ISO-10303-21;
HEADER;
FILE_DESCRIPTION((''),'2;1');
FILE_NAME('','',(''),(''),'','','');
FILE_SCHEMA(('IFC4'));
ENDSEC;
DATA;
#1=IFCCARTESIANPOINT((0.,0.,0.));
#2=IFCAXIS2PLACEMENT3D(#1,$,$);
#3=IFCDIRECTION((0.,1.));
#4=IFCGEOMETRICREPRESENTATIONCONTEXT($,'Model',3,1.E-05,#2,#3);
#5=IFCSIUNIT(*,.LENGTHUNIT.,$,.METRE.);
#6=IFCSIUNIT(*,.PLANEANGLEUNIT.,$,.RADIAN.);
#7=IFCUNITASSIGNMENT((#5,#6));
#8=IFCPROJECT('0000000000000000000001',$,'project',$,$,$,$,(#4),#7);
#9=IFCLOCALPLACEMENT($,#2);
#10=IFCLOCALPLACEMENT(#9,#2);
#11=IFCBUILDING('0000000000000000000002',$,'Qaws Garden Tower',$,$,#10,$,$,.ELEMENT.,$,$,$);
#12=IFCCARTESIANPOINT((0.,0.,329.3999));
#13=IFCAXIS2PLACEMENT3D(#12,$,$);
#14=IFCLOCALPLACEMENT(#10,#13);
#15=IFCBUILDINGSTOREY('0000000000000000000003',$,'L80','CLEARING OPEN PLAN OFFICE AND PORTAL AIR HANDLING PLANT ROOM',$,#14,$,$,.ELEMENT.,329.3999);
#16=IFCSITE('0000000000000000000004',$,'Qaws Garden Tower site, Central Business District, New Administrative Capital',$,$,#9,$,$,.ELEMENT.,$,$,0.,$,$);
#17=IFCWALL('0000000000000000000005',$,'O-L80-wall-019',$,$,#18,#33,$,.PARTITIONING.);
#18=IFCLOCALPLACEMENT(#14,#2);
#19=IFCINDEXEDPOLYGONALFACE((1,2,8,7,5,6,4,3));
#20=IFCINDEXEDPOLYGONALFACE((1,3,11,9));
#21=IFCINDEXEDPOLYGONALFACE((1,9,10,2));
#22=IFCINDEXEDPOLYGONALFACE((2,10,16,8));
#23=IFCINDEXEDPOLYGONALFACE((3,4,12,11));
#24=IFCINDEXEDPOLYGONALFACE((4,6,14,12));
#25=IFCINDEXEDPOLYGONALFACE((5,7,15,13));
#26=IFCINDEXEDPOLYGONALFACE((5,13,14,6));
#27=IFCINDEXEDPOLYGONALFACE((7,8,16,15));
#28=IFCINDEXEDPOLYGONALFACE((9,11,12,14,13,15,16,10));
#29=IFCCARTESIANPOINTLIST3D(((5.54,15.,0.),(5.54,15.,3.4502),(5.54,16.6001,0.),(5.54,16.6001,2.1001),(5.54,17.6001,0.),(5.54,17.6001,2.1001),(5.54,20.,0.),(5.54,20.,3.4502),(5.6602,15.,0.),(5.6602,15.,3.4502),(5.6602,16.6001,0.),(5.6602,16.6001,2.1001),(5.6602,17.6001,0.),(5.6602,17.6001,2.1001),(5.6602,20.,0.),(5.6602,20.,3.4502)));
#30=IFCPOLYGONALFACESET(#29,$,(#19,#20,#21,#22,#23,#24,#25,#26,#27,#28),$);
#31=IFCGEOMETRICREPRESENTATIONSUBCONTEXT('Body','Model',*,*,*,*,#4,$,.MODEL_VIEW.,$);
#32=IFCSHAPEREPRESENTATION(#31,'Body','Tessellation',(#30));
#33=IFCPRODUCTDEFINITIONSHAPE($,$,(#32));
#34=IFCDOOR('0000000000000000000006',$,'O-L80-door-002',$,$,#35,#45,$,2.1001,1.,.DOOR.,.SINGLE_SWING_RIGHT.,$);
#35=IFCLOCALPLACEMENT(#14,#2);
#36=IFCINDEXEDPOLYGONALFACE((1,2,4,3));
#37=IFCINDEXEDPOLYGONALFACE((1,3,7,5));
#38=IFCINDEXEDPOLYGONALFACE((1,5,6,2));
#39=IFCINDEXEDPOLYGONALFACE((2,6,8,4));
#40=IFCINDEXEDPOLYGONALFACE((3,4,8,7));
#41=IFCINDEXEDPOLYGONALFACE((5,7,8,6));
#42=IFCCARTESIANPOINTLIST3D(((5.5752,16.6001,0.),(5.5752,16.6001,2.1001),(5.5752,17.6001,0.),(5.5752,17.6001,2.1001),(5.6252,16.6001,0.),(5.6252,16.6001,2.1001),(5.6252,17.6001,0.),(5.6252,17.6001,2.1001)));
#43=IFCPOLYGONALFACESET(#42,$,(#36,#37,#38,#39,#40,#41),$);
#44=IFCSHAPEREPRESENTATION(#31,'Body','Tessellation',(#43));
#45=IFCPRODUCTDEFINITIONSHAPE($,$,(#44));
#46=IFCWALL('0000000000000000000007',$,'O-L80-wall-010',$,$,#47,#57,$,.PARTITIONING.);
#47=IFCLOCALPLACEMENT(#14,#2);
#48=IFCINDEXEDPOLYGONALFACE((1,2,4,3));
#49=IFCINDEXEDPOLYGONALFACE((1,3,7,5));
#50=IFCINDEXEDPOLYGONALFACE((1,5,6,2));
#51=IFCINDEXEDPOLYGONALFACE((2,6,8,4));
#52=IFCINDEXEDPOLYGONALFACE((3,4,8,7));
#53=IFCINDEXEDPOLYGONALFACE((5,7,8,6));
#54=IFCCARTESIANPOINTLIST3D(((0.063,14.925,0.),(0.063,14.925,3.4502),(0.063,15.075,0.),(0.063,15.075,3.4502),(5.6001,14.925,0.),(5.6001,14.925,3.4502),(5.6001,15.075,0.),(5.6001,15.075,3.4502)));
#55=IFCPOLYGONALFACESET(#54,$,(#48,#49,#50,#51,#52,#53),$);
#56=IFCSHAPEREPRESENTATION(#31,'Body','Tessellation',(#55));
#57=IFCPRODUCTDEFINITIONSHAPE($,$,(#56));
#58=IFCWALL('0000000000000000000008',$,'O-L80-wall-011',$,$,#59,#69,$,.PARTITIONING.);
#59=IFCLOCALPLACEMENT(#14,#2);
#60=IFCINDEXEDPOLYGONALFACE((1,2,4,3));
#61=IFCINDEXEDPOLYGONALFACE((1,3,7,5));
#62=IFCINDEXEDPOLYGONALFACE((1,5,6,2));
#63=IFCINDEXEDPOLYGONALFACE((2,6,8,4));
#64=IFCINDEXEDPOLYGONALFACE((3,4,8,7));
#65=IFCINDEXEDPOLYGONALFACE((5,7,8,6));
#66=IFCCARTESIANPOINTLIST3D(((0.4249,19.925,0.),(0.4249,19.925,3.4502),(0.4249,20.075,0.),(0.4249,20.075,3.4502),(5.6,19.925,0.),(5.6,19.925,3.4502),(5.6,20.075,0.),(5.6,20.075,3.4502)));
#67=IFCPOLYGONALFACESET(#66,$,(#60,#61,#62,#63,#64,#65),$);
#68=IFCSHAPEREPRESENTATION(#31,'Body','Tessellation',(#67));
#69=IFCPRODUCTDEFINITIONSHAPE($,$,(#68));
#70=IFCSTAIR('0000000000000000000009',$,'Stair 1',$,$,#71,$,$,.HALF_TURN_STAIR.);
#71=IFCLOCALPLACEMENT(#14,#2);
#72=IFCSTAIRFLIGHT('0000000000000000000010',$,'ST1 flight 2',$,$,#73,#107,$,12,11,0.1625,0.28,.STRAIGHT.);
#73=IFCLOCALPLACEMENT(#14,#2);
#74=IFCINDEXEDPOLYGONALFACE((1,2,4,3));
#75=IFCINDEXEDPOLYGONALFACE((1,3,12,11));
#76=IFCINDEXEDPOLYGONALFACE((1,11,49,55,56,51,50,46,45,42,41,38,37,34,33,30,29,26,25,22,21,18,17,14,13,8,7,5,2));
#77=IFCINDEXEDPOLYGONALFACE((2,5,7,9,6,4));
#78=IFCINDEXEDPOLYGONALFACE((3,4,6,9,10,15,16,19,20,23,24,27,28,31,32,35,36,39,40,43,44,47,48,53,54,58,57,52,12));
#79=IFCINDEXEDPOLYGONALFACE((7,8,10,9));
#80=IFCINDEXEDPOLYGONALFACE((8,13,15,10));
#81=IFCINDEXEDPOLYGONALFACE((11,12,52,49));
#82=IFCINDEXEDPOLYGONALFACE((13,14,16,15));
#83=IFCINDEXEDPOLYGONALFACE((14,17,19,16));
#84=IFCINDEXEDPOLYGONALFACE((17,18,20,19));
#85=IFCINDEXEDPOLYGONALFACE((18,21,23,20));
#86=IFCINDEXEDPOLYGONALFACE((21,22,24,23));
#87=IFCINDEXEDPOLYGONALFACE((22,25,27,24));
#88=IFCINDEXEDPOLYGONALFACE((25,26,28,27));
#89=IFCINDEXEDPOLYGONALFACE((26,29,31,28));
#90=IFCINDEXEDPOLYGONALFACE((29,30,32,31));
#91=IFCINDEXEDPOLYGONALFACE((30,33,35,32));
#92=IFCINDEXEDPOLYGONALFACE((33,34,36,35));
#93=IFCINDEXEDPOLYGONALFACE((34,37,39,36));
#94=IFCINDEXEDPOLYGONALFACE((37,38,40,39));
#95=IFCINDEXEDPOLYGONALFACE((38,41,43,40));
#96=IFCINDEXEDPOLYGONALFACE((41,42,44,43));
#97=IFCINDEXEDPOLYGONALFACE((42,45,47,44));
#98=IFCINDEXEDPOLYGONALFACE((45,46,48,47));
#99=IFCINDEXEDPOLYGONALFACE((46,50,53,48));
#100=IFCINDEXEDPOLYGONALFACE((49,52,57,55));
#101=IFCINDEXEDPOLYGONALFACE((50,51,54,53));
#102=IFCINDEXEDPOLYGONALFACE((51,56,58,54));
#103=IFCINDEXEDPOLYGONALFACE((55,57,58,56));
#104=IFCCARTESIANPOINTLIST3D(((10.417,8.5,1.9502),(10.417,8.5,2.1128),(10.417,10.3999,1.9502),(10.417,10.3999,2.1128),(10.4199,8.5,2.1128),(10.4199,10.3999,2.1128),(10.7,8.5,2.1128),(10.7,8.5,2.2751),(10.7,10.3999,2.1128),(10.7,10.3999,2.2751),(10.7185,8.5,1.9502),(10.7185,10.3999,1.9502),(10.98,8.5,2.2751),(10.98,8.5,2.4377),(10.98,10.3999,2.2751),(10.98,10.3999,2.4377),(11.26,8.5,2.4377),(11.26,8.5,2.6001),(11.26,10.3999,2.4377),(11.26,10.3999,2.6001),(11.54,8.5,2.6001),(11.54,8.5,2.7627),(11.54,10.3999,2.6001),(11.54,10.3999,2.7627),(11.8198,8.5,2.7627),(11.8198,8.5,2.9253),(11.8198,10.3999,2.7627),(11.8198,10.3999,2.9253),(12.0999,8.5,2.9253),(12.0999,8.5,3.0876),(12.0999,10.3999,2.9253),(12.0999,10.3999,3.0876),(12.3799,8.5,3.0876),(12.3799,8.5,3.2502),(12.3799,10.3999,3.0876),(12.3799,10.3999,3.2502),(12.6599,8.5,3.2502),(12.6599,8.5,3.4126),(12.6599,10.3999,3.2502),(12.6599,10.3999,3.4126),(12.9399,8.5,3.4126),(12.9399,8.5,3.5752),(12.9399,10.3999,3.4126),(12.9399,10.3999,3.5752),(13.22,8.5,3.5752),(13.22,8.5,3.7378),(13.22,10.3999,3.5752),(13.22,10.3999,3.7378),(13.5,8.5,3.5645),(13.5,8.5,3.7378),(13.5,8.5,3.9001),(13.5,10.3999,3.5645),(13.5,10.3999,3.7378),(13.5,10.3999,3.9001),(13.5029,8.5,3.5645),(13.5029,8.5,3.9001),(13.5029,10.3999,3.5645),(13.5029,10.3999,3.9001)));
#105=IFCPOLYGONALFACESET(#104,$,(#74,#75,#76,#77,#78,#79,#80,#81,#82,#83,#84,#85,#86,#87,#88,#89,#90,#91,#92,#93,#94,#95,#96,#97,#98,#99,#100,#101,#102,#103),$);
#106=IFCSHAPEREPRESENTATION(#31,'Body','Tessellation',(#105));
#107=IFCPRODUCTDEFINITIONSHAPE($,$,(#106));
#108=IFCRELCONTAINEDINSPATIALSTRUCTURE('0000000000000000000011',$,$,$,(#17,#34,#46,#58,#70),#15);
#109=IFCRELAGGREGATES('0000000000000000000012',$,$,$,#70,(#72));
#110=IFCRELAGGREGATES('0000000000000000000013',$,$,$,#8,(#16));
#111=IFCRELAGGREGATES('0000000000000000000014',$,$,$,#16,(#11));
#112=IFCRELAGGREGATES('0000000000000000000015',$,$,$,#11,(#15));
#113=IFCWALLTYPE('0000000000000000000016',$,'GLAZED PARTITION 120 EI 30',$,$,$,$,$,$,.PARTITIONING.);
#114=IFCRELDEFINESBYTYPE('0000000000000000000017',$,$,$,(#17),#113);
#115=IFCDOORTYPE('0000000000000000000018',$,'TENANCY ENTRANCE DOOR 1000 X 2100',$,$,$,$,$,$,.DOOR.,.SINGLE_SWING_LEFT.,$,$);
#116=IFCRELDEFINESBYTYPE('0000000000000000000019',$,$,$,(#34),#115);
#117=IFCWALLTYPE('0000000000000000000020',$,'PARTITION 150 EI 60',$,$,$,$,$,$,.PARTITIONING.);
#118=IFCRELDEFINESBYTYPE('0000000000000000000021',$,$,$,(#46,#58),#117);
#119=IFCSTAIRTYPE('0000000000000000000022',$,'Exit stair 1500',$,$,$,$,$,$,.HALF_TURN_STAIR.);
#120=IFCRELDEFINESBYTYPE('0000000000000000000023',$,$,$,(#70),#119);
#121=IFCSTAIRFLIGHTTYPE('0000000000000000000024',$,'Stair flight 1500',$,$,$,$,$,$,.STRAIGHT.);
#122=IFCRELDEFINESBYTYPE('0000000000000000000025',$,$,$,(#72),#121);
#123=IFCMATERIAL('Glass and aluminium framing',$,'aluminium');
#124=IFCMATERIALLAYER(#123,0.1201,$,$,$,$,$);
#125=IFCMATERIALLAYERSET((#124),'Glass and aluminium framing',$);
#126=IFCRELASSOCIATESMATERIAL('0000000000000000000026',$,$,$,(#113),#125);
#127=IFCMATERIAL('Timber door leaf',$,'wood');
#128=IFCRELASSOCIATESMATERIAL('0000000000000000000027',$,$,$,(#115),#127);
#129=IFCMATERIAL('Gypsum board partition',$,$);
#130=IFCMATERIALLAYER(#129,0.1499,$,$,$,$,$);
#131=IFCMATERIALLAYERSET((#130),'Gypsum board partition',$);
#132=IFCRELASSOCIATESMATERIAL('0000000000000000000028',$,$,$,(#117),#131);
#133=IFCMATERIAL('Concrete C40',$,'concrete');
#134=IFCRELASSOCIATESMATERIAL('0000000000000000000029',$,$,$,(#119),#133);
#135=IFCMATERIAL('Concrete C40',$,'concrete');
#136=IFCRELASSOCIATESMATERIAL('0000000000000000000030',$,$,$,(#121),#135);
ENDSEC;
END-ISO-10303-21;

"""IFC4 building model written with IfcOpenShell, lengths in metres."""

from ifc_helpers import new_model, si_unit, direction, frame, frame_2d, origin, place, context, subcontext, project, spatial, polyline, rectangle, outline, extrude, material, layer, layer_set, type_object, element, fill, aggregate, save


model = new_model("IFC4")

# Units and contexts
model_context = context("Model", 3, precision=1e-05, world=origin(), true_north=direction((0.0, 1.0)))
body_context = subcontext(model_context, "Body", "Model", "MODEL_VIEW")
ifc_project = project(units=[si_unit("LENGTHUNIT", "METRE"), si_unit("PLANEANGLEUNIT", "RADIAN")], contexts=[model_context])

# Site, building, storey
site_placement = place(None, origin())
site = spatial("IfcSite", under=ifc_project, at=site_placement, Name="Qaws Garden Tower site, Central Business District, New Administrative Capital", CompositionType="ELEMENT", RefElevation=0.0)
building_placement = place(site_placement, origin())
building = spatial("IfcBuilding", under=site, at=building_placement, Name="Qaws Garden Tower", CompositionType="ELEMENT")
storey_placement = place(building_placement, frame((0.0, 0.0, 329.3999)))
storey = spatial("IfcBuildingStorey", under=building, at=storey_placement, Name="L80", Description="CLEARING OPEN PLAN OFFICE AND PORTAL AIR HANDLING PLANT ROOM", CompositionType="ELEMENT", Elevation=329.3999)

# Wall, opening, door
ifc_material_1 = material(Name="Glass and aluminium framing", Category="aluminium")
ifc_layer_1 = layer(ifc_material_1, 0.1201)
ifc_layer_set_1 = layer_set([ifc_layer_1], Name="Glass and aluminium framing")
wall_type_1 = type_object("IfcWallType", Name="GLAZED PARTITION 120 EI 30", PredefinedType="PARTITIONING", material=ifc_layer_set_1)
wall_1_placement = place(storey_placement, frame((5.6001, 15.0, 0.0), z_axis=(0.0, 0.0, 1.0), x_axis=(0.0, 1.0, 0.0)))
wall_1 = element("IfcWall", 1, at=wall_1_placement, inside=storey, type_object=wall_type_1, Name="O-L80-wall-019", PredefinedType="PARTITIONING", context=body_context, shape_type="SweptSolid", body=[
    extrude(rectangle(XDim=5.0, YDim=0.1201, at=frame_2d((2.5, 0.0))), origin(), (0.0, 0.0, 1.0), 3.4502),
])
opening_1_placement = place(wall_1_placement, frame((1.6001, 0.0, 0.0)))
opening_1 = element("IfcOpeningElement", 2, at=opening_1_placement, cuts=wall_1, PredefinedType="OPENING", context=body_context, shape_type="SweptSolid", body=[
    extrude(rectangle(XDim=1.0, YDim=2.1001, at=frame_2d((0.5, 1.05))), frame((0.0, 0.0701, 0.0), z_axis=(0.0, -1.0, 0.0), x_axis=(1.0, 0.0, 0.0)), (0.0, 0.0, 1.0), 0.1401),
])
ifc_material_2 = material(Name="Timber door leaf", Category="wood")
door_type_1 = type_object("IfcDoorType", Name="TENANCY ENTRANCE DOOR 1000 X 2100", OperationType="SINGLE_SWING_LEFT", PredefinedType="DOOR", material=ifc_material_2)
door_1_placement = place(opening_1_placement, origin())
door_1 = element("IfcDoor", 3, at=door_1_placement, inside=storey, type_object=door_type_1, Name="O-L80-door-002", OperationType="SINGLE_SWING_RIGHT", OverallHeight=2.1001, OverallWidth=1.0, PredefinedType="DOOR", context=body_context, shape_type="SweptSolid", body=[
    extrude(rectangle(XDim=1.0, YDim=2.1001, at=frame_2d((0.5, 1.05))), frame((0.0, 0.0249, 0.0), z_axis=(0.0, -1.0, 0.0), x_axis=(1.0, 0.0, 0.0)), (0.0, 0.0, 1.0), 0.05),
])
fill(opening_1, door_1)

# Walls
ifc_material_3 = material(Name="Gypsum board partition")
ifc_layer_2 = layer(ifc_material_3, 0.1499)
ifc_layer_set_2 = layer_set([ifc_layer_2], Name="Gypsum board partition")
wall_type_2 = type_object("IfcWallType", Name="PARTITION 150 EI 60", PredefinedType="PARTITIONING", material=ifc_layer_set_2)
wall_2_placement = place(storey_placement, frame((0.063, 15.0, 0.0), z_axis=(0.0, 0.0, 1.0), x_axis=(1.0, 0.0, 0.0)))
element("IfcWall", 4, at=wall_2_placement, inside=storey, type_object=wall_type_2, Name="O-L80-wall-010", PredefinedType="PARTITIONING", context=body_context, shape_type="SweptSolid", body=[
    extrude(rectangle(XDim=5.5371, YDim=0.1499, at=frame_2d((2.7686, 0.0))), origin(), (0.0, 0.0, 1.0), 3.4502),
])
wall_3_placement = place(storey_placement, frame((0.425, 20.0, 0.0), z_axis=(0.0, 0.0, 1.0), x_axis=(1.0, 0.0, 0.0)))
element("IfcWall", 5, at=wall_3_placement, inside=storey, type_object=wall_type_2, Name="O-L80-wall-011", PredefinedType="PARTITIONING", context=body_context, shape_type="SweptSolid", body=[
    extrude(rectangle(XDim=5.175, YDim=0.1499, at=frame_2d((2.5874, 0.0))), origin(), (0.0, 0.0, 1.0), 3.4502),
])

# Stair, stair flight
ifc_material_4 = material(Name="Concrete C40", Category="concrete")
stair_type = type_object("IfcStairType", Name="Exit stair 1500", PredefinedType="HALF_TURN_STAIR", material=ifc_material_4)
stair_placement = place(storey_placement, origin())
stair = element("IfcStair", 6, at=stair_placement, inside=storey, type_object=stair_type, Name="Stair 1", PredefinedType="HALF_TURN_STAIR")
ifc_material_5 = material(Name="Concrete C40", Category="concrete")
stair_flight_type = type_object("IfcStairFlightType", Name="Stair flight 1500", PredefinedType="STRAIGHT", material=ifc_material_5)
stair_flight_placement = place(storey_placement, frame((10.4199, 9.45, 1.9502), z_axis=(0.0, 0.0, 1.0), x_axis=(1.0, 0.0, 0.0)))
stair_flight = element("IfcStairFlight", 7, at=stair_flight_placement, type_object=stair_flight_type, Name="ST1 flight 2", NumberOfRisers=12, NumberOfTreads=11, PredefinedType="STRAIGHT", RiserHeight=0.1625, TreadLength=0.28, context=body_context, shape_type="SweptSolid", body=[
    extrude(outline(polyline([(-0.0029, 0.0), (-0.0029, 0.1626), (0.0, 0.1626), (0.28, 0.1626), (0.28, 0.325), (0.5601, 0.325), (0.5601, 0.4875), (0.8401, 0.4875), (0.8401, 0.6499), (1.1201, 0.6499), (1.1201, 0.8125), (1.3999, 0.8125), (1.3999, 0.9751), (1.6799, 0.9751), (1.6799, 1.1375), (1.96, 1.1375), (1.96, 1.3), (2.24, 1.3), (2.24, 1.4624), (2.52, 1.4624), (2.52, 1.625), (2.8, 1.625), (2.8, 1.7876), (3.0801, 1.7876), (3.0801, 1.95), (3.083, 1.95), (3.083, 1.6143), (3.0801, 1.6143), (0.2986, 0.0), (-0.0029, 0.0)])), frame((0.0, 0.95, 0.0), z_axis=(0.0, -1.0, 0.0), x_axis=(1.0, 0.0, 0.0)), (0.0, 0.0, 1.0), 1.8999),
])
aggregate(stair, [stair_flight])

save(model, "model.ifc")
